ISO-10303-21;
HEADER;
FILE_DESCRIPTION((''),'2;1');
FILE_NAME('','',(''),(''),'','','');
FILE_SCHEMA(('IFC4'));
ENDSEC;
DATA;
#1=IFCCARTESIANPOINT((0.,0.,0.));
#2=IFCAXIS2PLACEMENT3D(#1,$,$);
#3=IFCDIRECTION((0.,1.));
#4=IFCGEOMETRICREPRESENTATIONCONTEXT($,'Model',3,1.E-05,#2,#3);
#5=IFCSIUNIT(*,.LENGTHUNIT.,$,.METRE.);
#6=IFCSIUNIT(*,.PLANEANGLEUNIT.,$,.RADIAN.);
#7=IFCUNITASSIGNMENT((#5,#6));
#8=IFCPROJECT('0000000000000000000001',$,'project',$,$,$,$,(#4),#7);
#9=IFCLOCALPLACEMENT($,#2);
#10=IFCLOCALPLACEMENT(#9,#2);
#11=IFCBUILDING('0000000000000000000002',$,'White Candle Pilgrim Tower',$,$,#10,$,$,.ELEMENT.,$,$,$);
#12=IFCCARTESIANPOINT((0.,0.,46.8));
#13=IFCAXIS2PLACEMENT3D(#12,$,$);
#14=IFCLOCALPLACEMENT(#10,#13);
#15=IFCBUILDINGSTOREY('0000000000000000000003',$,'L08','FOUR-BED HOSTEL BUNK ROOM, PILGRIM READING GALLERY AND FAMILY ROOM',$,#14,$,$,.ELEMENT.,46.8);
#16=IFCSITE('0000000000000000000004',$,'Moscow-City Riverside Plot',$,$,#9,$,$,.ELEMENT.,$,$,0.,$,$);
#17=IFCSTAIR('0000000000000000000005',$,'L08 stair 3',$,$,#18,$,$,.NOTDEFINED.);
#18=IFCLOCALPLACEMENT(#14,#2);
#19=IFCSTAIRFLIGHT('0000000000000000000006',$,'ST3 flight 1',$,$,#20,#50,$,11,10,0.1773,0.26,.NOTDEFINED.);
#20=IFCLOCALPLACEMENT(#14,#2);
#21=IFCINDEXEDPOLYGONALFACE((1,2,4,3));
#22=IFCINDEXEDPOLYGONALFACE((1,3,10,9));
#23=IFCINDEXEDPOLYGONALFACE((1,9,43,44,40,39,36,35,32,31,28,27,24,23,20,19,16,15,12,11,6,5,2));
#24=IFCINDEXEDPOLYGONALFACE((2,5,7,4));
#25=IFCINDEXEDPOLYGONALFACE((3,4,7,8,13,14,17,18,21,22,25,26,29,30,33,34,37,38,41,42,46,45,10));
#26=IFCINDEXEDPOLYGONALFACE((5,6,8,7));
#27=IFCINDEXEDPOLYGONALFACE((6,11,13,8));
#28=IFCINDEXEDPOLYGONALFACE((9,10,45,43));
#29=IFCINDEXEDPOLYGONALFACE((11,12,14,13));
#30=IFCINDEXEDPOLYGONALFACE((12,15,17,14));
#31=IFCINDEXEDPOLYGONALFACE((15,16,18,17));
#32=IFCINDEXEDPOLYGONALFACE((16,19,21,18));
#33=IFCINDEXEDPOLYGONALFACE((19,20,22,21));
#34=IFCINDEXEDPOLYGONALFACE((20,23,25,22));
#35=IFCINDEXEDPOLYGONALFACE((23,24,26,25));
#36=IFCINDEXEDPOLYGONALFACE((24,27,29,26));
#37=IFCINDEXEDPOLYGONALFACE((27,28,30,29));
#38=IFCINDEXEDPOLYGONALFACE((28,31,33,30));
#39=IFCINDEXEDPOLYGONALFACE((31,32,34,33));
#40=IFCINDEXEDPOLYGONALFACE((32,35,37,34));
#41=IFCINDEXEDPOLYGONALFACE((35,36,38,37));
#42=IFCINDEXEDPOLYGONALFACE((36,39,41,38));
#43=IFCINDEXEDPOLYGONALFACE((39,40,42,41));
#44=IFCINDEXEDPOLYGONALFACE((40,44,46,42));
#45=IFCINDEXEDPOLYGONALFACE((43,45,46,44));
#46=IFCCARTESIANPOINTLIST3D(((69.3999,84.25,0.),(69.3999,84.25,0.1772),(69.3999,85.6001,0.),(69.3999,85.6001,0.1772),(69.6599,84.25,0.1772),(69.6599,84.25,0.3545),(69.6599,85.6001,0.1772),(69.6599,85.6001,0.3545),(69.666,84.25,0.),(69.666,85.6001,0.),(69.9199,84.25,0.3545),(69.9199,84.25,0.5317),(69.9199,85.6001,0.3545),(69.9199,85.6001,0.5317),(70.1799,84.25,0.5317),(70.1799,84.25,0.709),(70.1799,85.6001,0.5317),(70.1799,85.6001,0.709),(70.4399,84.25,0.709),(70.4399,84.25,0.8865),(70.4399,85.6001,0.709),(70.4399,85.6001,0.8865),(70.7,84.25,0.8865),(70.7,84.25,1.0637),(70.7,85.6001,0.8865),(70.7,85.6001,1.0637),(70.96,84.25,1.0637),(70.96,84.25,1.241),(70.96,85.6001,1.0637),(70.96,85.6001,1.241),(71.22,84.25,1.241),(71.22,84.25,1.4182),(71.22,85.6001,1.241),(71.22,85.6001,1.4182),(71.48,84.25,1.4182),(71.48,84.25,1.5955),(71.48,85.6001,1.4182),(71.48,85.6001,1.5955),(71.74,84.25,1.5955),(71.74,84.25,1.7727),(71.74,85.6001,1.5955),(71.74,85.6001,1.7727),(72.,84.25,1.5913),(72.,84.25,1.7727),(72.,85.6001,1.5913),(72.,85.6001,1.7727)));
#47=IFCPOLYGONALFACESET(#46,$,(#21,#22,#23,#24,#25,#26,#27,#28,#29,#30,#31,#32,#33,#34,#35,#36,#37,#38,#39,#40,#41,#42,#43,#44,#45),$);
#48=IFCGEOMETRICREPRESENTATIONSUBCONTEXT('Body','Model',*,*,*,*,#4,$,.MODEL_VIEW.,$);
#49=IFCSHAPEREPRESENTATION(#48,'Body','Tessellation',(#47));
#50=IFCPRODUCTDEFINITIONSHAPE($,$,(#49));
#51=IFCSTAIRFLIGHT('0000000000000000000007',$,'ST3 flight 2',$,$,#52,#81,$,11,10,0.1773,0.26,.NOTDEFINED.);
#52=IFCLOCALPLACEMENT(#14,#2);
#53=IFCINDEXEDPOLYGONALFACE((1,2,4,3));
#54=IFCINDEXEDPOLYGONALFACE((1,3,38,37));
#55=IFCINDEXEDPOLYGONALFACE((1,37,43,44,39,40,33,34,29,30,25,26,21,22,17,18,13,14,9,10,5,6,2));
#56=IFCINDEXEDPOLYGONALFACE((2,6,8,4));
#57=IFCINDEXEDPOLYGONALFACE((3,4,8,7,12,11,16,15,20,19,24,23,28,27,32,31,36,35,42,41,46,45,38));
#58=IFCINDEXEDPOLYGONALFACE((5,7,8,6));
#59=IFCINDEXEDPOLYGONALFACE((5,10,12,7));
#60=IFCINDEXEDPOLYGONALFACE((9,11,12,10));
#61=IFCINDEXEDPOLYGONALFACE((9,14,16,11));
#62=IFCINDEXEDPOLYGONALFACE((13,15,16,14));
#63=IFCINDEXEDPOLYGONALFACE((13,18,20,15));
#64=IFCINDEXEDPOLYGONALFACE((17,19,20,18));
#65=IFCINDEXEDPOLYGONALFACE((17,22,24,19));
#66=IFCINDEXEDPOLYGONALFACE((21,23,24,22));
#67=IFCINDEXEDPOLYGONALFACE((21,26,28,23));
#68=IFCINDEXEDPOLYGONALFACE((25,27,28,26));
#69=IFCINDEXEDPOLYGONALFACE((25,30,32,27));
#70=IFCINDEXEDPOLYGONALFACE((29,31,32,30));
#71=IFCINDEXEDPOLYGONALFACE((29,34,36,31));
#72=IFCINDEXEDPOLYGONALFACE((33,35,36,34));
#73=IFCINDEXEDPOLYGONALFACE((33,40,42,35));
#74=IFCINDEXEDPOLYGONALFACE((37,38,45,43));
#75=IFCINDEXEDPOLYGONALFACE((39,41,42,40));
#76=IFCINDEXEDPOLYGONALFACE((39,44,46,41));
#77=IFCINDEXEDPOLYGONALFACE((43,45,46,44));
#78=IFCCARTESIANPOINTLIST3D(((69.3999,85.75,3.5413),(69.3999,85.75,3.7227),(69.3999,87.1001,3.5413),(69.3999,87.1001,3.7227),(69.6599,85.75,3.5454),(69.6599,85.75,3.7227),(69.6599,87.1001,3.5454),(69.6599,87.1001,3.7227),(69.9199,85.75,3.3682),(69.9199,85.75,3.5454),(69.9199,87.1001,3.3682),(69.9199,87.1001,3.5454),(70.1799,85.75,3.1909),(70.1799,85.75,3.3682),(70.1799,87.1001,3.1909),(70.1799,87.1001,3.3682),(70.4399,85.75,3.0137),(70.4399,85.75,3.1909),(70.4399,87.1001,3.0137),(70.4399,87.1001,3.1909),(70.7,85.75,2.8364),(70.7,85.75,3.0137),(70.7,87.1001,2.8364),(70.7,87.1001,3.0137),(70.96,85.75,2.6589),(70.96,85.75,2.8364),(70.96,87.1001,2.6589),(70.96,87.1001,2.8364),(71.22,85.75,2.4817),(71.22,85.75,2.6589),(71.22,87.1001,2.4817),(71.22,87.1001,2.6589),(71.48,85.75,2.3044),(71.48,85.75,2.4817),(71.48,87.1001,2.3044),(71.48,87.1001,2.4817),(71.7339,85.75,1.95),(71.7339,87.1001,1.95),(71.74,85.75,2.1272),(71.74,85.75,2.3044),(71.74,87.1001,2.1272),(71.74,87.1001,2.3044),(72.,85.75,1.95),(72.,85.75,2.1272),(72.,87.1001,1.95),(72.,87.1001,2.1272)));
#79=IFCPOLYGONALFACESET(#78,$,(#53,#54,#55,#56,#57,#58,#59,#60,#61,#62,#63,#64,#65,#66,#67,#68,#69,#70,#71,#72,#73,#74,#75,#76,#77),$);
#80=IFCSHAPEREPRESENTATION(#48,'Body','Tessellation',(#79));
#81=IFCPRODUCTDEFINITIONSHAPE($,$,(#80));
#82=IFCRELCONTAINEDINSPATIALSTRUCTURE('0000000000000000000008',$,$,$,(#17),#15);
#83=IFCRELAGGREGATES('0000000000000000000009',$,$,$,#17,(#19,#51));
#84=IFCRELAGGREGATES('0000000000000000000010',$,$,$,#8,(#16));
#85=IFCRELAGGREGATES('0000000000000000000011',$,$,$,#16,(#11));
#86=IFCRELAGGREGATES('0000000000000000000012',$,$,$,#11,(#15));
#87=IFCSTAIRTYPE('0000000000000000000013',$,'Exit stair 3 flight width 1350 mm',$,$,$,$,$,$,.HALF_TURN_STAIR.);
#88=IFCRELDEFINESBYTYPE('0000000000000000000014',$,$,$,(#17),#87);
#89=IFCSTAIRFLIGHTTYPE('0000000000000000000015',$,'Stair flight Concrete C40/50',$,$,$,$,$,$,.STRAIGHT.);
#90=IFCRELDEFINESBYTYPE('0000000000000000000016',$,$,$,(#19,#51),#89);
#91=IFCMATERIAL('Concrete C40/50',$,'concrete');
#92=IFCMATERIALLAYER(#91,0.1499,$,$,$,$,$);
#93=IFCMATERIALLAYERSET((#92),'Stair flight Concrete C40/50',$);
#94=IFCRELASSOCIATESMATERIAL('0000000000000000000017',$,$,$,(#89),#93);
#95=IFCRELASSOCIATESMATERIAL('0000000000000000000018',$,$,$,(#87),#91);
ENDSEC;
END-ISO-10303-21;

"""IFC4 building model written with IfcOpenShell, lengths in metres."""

from ifc_helpers import new_model, si_unit, direction, frame, origin, place, context, subcontext, project, spatial, polyline, outline, extrude, material, layer, layer_set, type_object, element, aggregate, save


model = new_model("IFC4")

# Units and contexts
model_context = context("Model", 3, precision=1e-05, world=origin(), true_north=direction((0.0, 1.0)))
body_context = subcontext(model_context, "Body", "Model", "MODEL_VIEW")
ifc_project = project(units=[si_unit("LENGTHUNIT", "METRE"), si_unit("PLANEANGLEUNIT", "RADIAN")], contexts=[model_context])

# Site, building, storey
site_placement = place(None, origin())
site = spatial("IfcSite", under=ifc_project, at=site_placement, Name="Moscow-City Riverside Plot", CompositionType="ELEMENT", RefElevation=0.0)
building_placement = place(site_placement, origin())
building = spatial("IfcBuilding", under=site, at=building_placement, Name="White Candle Pilgrim Tower", CompositionType="ELEMENT")
storey_placement = place(building_placement, frame((0.0, 0.0, 46.8)))
storey = spatial("IfcBuildingStorey", under=building, at=storey_placement, Name="L08", Description="FOUR-BED HOSTEL BUNK ROOM, PILGRIM READING GALLERY AND FAMILY ROOM", CompositionType="ELEMENT", Elevation=46.8)

# Shared definitions
ifc_material_1 = material(Name="Concrete C40/50", Category="concrete")
ifc_layer_1 = layer(ifc_material_1, 0.1499)
ifc_layer_set_1 = layer_set([ifc_layer_1], Name="Stair flight Concrete C40/50")
stair_flight_type = type_object("IfcStairFlightType", Name="Stair flight Concrete C40/50", PredefinedType="STRAIGHT", material=ifc_layer_set_1)

# Stair, stair flights
stair_type_1 = type_object("IfcStairType", Name="Exit stair 3 flight width 1350 mm", PredefinedType="HALF_TURN_STAIR", material=ifc_material_1)
stair_1_placement = place(storey_placement, origin())
stair_1 = element("IfcStair", 1, at=stair_1_placement, inside=storey, type_object=stair_type_1, Name="L08 stair 3", PredefinedType="NOTDEFINED")
stair_flight_1_placement = place(storey_placement, frame((69.3999, 84.925, 0.0), z_axis=(0.0, 0.0, 1.0), x_axis=(1.0, 0.0, 0.0)))
stair_flight_1 = element("IfcStairFlight", 2, at=stair_flight_1_placement, type_object=stair_flight_type, Name="ST3 flight 1", NumberOfRisers=11, NumberOfTreads=10, PredefinedType="NOTDEFINED", RiserHeight=0.1773, TreadLength=0.26, context=body_context, shape_type="SweptSolid", body=[
    extrude(outline(polyline([(0.0, 0.0), (0.0, 0.1772), (0.26, 0.1772), (0.26, 0.3545), (0.52, 0.3545), (0.52, 0.5317), (0.78, 0.5317), (0.78, 0.709), (1.04, 0.709), (1.04, 0.8865), (1.3, 0.8865), (1.3, 1.0637), (1.5601, 1.0637), (1.5601, 1.241), (1.8201, 1.241), (1.8201, 1.4182), (2.0801, 1.4182), (2.0801, 1.5955), (2.3401, 1.5955), (2.3401, 1.7727), (2.6001, 1.7727), (2.6001, 1.95), (2.6001, 1.5913), (0.2661, 0.0), (0.0, 0.0)])), frame((0.0, 0.675, 0.0), z_axis=(0.0, -1.0, 0.0), x_axis=(1.0, 0.0, 0.0)), (0.0, 0.0, 1.0), 1.3501),
])
stair_flight_2_placement = place(storey_placement, frame((72.0, 86.425, 1.95), z_axis=(0.0, 0.0, 1.0), x_axis=(-1.0, 0.0, 0.0)))
stair_flight_2 = element("IfcStairFlight", 3, at=stair_flight_2_placement, type_object=stair_flight_type, Name="ST3 flight 2", NumberOfRisers=11, NumberOfTreads=10, PredefinedType="NOTDEFINED", RiserHeight=0.1773, TreadLength=0.26, context=body_context, shape_type="SweptSolid", body=[
    extrude(outline(polyline([(0.0, 0.0), (0.0, 0.1772), (0.26, 0.1772), (0.26, 0.3545), (0.52, 0.3545), (0.52, 0.5317), (0.78, 0.5317), (0.78, 0.709), (1.04, 0.709), (1.04, 0.8865), (1.3, 0.8865), (1.3, 1.0637), (1.5601, 1.0637), (1.5601, 1.241), (1.8201, 1.241), (1.8201, 1.4182), (2.0801, 1.4182), (2.0801, 1.5955), (2.3401, 1.5955), (2.3401, 1.7727), (2.6001, 1.7727), (2.6001, 1.95), (2.6001, 1.5913), (0.2661, 0.0), (0.0, 0.0)])), frame((0.0, 0.675, 0.0), z_axis=(0.0, -1.0, 0.0), x_axis=(1.0, 0.0, 0.0)), (0.0, 0.0, 1.0), 1.3501),
])
aggregate(stair_1, [stair_flight_1, stair_flight_2])

save(model, "model.ifc")
